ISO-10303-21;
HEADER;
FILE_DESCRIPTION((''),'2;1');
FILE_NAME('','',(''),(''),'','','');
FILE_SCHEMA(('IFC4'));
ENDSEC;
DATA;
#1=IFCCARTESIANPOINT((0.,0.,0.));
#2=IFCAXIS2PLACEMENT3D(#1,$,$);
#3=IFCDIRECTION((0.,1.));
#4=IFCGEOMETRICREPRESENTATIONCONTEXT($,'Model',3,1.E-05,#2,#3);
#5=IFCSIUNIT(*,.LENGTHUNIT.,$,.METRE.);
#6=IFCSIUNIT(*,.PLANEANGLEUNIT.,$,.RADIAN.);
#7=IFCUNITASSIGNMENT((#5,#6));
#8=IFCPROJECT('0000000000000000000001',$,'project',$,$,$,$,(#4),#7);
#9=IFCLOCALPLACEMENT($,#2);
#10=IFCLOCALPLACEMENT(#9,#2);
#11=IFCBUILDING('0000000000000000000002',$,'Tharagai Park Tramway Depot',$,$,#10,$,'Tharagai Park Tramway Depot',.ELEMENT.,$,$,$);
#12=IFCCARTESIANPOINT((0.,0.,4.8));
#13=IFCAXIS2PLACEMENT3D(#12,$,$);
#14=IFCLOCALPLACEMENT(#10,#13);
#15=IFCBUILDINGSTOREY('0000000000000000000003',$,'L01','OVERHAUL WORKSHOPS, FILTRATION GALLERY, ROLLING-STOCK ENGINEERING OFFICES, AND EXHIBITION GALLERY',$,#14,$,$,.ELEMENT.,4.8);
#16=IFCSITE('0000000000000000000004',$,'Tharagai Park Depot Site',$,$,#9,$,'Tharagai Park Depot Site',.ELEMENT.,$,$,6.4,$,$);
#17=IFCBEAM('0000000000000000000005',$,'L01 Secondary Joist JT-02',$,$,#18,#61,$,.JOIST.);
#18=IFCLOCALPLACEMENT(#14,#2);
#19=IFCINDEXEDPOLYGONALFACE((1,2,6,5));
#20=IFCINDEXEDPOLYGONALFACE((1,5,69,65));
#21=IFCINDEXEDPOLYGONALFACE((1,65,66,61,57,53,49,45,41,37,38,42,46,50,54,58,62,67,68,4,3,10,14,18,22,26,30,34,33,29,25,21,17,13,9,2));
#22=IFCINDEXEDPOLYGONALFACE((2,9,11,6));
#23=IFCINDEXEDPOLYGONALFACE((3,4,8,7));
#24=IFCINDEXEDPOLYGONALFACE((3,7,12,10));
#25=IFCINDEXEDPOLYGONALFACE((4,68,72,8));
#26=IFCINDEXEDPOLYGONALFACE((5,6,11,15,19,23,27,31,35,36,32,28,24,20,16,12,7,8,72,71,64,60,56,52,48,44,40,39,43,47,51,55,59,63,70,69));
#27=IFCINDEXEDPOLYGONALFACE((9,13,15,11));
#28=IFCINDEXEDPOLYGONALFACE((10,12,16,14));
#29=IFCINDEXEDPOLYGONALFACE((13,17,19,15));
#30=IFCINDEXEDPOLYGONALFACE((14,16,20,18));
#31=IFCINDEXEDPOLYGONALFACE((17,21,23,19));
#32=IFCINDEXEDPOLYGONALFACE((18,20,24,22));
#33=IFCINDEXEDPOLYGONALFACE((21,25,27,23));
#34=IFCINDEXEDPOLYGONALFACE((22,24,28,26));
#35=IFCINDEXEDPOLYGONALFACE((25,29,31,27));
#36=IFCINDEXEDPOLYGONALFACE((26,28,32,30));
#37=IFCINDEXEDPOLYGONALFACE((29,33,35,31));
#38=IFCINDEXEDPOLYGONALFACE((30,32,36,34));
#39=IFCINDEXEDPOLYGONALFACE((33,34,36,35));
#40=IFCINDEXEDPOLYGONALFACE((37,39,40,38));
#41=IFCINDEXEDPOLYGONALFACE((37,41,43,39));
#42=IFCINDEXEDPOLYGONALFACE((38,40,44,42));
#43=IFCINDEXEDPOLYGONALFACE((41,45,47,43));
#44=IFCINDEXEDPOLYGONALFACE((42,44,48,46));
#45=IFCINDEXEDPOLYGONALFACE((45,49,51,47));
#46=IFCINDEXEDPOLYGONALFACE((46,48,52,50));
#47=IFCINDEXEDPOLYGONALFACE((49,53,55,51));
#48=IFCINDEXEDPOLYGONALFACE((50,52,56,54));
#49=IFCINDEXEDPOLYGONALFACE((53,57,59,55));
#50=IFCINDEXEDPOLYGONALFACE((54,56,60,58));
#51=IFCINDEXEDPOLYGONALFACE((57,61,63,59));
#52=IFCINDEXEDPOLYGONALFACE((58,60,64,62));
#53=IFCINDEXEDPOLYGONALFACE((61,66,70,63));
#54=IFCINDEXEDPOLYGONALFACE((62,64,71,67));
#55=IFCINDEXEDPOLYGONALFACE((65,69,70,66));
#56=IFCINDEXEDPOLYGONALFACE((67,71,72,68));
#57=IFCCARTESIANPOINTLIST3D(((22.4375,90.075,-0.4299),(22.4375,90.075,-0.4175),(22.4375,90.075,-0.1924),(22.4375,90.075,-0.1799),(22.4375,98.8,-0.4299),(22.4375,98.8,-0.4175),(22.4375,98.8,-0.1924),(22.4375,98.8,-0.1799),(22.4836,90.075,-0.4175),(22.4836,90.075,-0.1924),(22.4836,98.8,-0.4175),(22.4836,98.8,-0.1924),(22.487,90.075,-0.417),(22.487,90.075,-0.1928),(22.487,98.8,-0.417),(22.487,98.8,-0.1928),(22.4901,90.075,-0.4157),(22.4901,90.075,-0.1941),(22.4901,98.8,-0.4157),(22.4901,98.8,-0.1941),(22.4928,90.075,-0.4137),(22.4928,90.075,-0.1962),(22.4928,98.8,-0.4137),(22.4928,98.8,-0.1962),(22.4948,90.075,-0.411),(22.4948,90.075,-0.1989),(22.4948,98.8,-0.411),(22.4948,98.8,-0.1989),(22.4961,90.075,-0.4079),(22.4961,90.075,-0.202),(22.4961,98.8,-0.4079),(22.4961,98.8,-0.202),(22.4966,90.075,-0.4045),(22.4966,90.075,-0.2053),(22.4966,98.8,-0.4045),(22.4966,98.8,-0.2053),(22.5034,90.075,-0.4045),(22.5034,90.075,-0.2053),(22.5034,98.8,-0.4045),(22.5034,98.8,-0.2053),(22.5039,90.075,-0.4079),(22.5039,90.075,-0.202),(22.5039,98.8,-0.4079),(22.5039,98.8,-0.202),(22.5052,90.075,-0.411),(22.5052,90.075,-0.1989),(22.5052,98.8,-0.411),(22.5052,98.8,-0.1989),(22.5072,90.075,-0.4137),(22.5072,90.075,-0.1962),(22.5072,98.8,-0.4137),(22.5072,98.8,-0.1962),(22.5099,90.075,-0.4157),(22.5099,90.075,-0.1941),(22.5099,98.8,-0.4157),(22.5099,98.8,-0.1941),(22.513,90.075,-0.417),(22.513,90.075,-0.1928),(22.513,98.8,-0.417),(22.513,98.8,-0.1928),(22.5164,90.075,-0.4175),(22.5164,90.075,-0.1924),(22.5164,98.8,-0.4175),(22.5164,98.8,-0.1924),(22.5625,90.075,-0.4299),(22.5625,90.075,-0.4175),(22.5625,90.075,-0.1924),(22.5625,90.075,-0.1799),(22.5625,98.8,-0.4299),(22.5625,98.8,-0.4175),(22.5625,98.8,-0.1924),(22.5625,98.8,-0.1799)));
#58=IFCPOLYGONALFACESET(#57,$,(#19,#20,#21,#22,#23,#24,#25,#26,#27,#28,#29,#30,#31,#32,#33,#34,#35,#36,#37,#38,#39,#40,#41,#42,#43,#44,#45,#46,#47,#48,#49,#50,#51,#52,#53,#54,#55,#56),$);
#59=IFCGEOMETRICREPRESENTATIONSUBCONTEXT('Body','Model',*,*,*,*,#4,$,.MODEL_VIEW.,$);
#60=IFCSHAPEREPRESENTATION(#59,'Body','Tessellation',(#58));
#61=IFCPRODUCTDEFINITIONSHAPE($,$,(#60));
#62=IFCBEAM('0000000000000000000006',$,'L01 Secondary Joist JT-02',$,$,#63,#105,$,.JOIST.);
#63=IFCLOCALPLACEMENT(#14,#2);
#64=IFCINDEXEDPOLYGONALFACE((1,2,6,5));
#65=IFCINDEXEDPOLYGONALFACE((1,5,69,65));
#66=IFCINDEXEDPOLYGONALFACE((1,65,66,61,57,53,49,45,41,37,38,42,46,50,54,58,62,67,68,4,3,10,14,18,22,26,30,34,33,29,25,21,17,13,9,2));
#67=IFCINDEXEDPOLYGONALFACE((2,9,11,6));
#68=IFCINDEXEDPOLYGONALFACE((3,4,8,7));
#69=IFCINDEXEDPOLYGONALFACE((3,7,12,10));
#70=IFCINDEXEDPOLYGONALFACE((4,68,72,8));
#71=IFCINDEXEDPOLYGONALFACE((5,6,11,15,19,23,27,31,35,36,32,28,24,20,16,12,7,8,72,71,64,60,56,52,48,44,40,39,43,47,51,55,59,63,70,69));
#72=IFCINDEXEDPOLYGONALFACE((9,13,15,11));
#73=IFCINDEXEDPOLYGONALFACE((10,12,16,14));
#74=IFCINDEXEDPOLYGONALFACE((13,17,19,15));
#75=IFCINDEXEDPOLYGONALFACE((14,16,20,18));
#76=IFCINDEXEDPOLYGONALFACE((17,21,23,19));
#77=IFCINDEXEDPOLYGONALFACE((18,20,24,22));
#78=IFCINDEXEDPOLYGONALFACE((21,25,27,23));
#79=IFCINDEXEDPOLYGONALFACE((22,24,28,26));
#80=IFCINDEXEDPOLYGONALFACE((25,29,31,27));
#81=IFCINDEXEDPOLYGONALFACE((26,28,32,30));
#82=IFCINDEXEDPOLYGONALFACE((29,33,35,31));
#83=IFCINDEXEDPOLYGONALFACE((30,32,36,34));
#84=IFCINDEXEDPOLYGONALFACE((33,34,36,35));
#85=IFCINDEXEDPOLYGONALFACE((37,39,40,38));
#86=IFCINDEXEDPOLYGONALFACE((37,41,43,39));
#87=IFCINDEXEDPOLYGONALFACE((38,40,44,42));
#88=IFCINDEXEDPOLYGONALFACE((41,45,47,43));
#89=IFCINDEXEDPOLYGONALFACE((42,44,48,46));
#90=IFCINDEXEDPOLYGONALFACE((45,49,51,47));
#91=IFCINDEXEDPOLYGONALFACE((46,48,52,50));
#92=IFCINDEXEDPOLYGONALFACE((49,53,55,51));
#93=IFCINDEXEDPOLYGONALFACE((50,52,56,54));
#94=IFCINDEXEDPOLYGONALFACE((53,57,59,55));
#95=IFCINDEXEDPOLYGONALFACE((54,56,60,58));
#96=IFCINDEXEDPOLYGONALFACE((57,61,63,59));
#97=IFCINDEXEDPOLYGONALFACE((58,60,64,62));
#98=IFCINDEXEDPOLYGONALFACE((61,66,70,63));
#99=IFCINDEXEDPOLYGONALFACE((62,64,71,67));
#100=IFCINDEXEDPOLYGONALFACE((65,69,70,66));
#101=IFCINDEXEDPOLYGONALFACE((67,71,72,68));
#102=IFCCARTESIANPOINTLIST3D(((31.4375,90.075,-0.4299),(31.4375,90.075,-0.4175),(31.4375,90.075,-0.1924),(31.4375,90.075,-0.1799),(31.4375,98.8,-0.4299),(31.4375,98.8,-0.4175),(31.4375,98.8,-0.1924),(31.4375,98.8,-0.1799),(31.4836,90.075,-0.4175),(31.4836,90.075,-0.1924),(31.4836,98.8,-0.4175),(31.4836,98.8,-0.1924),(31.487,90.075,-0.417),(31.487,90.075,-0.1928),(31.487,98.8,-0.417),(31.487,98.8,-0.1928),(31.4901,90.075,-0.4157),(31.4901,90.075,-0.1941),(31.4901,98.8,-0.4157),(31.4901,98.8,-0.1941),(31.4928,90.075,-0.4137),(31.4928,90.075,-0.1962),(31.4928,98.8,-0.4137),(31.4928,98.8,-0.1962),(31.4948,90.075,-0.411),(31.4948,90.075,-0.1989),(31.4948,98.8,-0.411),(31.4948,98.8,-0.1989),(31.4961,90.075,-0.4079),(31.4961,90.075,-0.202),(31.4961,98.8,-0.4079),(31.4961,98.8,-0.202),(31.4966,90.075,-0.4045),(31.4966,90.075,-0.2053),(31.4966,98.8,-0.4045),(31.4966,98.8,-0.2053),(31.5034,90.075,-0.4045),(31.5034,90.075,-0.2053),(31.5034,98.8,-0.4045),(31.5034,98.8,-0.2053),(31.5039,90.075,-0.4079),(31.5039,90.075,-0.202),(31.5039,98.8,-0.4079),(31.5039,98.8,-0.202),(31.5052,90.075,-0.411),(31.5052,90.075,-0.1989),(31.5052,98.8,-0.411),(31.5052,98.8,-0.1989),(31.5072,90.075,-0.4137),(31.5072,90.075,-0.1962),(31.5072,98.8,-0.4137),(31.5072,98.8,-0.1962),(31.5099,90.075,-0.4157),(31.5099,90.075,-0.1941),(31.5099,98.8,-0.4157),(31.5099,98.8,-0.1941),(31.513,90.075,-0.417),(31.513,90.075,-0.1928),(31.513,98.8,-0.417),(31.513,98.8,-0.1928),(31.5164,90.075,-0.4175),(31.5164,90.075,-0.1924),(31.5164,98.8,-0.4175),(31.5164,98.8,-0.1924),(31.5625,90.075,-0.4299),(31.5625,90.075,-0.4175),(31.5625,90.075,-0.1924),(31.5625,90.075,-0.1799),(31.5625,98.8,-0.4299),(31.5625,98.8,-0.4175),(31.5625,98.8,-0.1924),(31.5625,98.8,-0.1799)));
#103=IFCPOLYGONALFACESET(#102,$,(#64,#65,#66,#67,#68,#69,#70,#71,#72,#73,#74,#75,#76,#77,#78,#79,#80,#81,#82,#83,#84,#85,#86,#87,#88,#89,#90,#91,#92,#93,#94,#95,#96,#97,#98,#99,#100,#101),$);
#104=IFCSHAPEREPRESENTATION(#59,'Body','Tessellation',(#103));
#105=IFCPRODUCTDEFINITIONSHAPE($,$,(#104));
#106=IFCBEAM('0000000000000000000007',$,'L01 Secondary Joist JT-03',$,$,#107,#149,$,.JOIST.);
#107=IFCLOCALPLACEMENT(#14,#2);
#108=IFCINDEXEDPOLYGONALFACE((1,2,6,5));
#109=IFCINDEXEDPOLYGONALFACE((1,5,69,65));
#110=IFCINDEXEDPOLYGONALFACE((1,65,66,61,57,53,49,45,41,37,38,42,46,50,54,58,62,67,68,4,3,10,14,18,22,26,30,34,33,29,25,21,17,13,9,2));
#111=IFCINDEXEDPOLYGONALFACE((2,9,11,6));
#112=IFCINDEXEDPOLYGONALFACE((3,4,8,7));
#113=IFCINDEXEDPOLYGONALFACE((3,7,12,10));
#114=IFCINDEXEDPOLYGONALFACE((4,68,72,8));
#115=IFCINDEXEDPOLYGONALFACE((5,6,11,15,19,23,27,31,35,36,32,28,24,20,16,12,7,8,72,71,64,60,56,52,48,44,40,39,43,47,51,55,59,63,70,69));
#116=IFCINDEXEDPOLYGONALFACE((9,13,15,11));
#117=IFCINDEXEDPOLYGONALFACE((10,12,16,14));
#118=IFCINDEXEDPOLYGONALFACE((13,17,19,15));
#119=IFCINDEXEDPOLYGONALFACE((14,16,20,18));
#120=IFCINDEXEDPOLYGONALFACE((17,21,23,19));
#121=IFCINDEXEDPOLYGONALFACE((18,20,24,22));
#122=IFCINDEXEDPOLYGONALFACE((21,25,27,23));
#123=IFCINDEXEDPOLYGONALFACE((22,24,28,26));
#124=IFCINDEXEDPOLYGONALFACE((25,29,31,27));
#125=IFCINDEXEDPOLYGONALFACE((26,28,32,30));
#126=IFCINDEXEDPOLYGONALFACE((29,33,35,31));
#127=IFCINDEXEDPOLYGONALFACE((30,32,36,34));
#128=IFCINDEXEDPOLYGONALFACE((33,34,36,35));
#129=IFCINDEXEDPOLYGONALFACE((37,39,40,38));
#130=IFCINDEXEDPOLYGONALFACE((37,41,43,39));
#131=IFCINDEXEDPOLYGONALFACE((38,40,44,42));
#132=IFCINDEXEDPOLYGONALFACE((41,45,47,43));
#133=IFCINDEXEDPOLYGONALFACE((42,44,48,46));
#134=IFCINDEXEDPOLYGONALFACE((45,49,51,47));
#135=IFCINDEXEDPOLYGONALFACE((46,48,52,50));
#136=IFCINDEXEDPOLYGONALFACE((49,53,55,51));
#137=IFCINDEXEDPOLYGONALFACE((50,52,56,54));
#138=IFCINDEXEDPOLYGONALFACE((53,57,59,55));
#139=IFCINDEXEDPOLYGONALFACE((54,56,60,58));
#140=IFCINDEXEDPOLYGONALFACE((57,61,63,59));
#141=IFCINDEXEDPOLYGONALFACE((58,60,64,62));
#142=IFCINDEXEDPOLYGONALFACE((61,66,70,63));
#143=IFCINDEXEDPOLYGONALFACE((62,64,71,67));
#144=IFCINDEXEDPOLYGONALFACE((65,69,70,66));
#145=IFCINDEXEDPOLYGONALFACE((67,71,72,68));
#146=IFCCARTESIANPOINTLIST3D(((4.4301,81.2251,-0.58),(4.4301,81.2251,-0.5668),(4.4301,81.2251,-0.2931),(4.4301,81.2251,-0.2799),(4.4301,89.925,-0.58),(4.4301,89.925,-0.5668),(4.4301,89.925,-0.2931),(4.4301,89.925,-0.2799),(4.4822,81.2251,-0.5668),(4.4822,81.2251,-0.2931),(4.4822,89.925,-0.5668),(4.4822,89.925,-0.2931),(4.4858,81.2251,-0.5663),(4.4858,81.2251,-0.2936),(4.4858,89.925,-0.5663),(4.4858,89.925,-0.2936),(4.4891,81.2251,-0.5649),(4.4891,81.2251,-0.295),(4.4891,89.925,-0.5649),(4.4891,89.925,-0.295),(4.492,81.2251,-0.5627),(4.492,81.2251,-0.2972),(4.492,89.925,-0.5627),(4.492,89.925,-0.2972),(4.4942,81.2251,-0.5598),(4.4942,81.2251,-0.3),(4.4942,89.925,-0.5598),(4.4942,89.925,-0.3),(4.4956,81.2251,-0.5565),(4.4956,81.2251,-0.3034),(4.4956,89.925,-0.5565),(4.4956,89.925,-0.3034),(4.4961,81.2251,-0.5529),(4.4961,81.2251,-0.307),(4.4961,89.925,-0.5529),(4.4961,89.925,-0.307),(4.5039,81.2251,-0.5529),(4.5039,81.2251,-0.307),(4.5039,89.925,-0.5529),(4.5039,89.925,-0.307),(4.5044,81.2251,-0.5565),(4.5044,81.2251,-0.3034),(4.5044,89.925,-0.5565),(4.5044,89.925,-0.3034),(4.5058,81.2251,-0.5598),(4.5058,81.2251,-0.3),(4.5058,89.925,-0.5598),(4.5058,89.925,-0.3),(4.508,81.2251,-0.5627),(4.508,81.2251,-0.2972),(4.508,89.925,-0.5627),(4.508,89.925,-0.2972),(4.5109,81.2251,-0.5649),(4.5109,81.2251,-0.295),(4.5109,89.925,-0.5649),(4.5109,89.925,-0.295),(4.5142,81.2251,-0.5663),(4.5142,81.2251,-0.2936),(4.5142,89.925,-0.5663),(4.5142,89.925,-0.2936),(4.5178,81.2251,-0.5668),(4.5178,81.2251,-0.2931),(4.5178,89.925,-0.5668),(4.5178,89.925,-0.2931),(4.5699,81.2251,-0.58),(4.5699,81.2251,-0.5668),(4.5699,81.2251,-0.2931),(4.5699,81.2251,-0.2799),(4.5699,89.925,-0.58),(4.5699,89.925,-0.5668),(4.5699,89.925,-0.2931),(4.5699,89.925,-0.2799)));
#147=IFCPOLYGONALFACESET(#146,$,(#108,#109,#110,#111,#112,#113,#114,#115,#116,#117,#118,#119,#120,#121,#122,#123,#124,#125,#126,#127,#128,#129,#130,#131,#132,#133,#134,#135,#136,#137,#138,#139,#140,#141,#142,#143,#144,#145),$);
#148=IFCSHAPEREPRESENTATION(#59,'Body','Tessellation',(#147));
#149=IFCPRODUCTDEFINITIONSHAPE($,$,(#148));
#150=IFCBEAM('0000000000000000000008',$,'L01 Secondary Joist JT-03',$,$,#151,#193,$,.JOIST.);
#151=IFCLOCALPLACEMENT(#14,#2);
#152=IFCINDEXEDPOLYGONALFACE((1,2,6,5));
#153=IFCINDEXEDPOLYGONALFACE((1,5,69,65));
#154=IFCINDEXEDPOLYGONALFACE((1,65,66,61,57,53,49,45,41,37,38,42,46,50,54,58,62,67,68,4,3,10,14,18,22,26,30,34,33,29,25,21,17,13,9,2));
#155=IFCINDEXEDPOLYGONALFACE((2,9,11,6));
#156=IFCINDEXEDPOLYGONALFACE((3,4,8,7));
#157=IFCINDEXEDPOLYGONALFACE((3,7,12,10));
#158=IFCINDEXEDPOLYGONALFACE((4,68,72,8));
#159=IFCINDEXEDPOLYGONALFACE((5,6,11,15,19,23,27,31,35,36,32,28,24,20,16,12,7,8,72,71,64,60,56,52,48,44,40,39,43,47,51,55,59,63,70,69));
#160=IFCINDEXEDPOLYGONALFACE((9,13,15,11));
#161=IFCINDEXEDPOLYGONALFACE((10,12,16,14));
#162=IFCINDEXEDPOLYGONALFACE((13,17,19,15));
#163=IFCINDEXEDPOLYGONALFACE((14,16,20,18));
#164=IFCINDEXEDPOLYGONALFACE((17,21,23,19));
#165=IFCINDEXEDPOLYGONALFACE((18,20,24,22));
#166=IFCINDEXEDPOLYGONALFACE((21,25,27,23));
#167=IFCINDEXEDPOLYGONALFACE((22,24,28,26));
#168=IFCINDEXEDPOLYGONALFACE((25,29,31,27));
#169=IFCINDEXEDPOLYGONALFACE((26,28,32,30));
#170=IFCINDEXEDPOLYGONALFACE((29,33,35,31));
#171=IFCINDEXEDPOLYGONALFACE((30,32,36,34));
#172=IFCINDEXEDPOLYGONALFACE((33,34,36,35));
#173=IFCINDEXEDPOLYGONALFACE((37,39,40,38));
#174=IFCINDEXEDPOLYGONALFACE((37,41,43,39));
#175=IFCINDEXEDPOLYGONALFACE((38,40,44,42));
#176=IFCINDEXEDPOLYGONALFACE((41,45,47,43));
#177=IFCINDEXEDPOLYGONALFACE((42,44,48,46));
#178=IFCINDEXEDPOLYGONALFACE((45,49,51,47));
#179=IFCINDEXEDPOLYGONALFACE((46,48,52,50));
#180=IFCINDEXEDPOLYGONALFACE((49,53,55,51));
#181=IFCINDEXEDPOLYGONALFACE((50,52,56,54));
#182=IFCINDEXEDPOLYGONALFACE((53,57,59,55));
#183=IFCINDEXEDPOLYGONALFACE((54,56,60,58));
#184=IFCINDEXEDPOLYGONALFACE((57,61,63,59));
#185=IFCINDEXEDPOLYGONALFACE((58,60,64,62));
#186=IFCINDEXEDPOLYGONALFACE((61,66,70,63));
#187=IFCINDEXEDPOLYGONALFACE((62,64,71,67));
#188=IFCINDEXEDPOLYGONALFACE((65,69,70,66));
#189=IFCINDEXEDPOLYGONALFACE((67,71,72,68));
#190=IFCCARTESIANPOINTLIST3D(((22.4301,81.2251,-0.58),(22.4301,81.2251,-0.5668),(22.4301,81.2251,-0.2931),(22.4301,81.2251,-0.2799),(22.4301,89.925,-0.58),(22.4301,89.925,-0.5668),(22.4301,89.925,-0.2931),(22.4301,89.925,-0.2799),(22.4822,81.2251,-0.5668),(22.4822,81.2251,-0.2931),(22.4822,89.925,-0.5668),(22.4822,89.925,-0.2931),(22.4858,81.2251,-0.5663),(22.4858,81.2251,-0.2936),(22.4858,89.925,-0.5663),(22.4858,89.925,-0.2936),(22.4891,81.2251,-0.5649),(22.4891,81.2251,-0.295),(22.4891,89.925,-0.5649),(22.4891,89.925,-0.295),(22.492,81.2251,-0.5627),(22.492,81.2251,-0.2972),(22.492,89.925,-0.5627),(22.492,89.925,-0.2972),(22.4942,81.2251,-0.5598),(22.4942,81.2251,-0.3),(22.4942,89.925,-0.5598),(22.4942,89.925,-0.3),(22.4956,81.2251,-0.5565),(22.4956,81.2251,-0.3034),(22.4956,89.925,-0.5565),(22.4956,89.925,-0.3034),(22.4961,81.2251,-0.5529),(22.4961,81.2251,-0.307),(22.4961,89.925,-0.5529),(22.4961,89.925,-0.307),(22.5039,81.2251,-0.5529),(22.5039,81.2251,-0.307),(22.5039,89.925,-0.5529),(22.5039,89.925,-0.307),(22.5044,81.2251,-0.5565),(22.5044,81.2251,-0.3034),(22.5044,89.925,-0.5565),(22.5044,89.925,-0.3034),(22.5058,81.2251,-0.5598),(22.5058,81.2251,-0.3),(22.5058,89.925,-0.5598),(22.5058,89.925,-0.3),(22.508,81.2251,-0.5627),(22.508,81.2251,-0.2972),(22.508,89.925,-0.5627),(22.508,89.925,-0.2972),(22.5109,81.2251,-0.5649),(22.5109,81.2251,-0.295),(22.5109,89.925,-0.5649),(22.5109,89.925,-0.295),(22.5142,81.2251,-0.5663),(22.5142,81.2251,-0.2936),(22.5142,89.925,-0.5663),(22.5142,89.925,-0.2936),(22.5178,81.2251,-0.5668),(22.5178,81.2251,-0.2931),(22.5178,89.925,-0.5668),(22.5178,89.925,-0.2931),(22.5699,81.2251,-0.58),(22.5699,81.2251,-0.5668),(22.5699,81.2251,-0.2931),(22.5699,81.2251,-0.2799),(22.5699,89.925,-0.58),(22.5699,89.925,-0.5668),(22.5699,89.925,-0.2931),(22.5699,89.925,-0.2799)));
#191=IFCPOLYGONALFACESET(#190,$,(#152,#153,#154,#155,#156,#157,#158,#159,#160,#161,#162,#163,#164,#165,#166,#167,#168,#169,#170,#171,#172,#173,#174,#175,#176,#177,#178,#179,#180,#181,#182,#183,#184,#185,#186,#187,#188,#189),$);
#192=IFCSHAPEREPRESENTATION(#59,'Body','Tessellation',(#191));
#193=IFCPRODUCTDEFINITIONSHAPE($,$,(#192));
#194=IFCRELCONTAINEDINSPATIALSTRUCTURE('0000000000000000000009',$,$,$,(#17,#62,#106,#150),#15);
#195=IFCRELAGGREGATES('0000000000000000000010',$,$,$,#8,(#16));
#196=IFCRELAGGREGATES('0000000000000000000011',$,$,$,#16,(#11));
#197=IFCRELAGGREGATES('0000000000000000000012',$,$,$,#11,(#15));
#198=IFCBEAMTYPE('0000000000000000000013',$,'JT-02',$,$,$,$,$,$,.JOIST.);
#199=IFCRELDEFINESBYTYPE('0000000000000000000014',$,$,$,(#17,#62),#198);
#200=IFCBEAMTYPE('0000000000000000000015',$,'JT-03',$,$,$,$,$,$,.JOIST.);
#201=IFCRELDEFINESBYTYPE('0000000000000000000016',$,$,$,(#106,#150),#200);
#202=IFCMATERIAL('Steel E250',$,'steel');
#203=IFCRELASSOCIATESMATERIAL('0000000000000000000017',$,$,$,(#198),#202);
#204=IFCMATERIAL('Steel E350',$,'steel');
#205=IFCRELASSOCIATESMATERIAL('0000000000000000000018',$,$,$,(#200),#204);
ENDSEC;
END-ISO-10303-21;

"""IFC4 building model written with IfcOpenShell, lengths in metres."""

from ifc_helpers import new_model, si_unit, direction, frame, origin, origin_2d, place, context, subcontext, project, spatial, i_section, extrude, material, material_profile, profile_set, type_object, element, save


model = new_model("IFC4")

# Units and contexts
model_context = context("Model", 3, precision=1e-05, world=origin(), true_north=direction((0.0, 1.0)))
body_context = subcontext(model_context, "Body", "Model", "MODEL_VIEW")
ifc_project = project(units=[si_unit("LENGTHUNIT", "METRE"), si_unit("PLANEANGLEUNIT", "RADIAN")], contexts=[model_context])

# Site, building, storey
site_placement = place(None, origin())
site = spatial("IfcSite", under=ifc_project, at=site_placement, Name="Tharagai Park Depot Site", LongName="Tharagai Park Depot Site", CompositionType="ELEMENT", RefElevation=6.4)
building_placement = place(site_placement, origin())
building = spatial("IfcBuilding", under=site, at=building_placement, Name="Tharagai Park Tramway Depot", LongName="Tharagai Park Tramway Depot", CompositionType="ELEMENT")
storey_placement = place(building_placement, frame((0.0, 0.0, 4.8)))
storey = spatial("IfcBuildingStorey", under=building, at=storey_placement, Name="L01", Description="OVERHAUL WORKSHOPS, FILTRATION GALLERY, ROLLING-STOCK ENGINEERING OFFICES, AND EXHIBITION GALLERY", CompositionType="ELEMENT", Elevation=4.8)

# Shared definitions
ifc_material_1 = material(Name="Steel E350", Category="steel")

# Beams
ifc_material_2 = material(Name="Steel E250", Category="steel")
ifc_material_profile_1 = material_profile(ifc_material_2, i_section(OverallWidth=0.125, OverallDepth=0.25, WebThickness=0.0068, FlangeThickness=0.0125, FilletRadius=0.0129, at=origin_2d()), Name="ISMB 250")
ifc_profile_set_1 = profile_set([ifc_material_profile_1], Name="Steel E250")
beam_type_1 = type_object("IfcBeamType", Name="JT-02", PredefinedType="JOIST", material=ifc_profile_set_1)
for number, where, z_axis, x_axis, name in (
    (1, (22.5, 90.075, -0.3049), (0.0, 1.0, 0.0), (-1.0, 0.0, 0.0), "L01 Secondary Joist JT-02"),
    (2, (31.5, 90.075, -0.3049), (0.0, 1.0, 0.0), (-1.0, 0.0, 0.0), "L01 Secondary Joist JT-02"),
):
    element("IfcBeam", number, at=place(storey_placement, frame(where, z_axis=z_axis, x_axis=x_axis)), inside=storey, type_object=beam_type_1, Name=name, PredefinedType="JOIST", context=body_context, shape_type="SweptSolid", body=[
        extrude(i_section(OverallWidth=0.125, OverallDepth=0.25, WebThickness=0.0068, FlangeThickness=0.0125, FilletRadius=0.0129, at=origin_2d()), origin(), (0.0, 0.0, 1.0), 8.7251),
    ])
ifc_material_profile_2 = material_profile(ifc_material_1, i_section(OverallWidth=0.1399, OverallDepth=0.3, WebThickness=0.0078, FlangeThickness=0.0132, FilletRadius=0.0139, at=origin_2d()), Name="ISMB 300")
ifc_profile_set_2 = profile_set([ifc_material_profile_2], Name="Steel E350")
beam_type_2 = type_object("IfcBeamType", Name="JT-03", PredefinedType="JOIST", material=ifc_profile_set_2)
for number, where, z_axis, x_axis, name in (
    (3, (4.5, 81.2251, -0.4299), (0.0, 1.0, 0.0), (-1.0, 0.0, 0.0), "L01 Secondary Joist JT-03"),
    (4, (22.5, 81.2251, -0.4299), (0.0, 1.0, 0.0), (-1.0, 0.0, 0.0), "L01 Secondary Joist JT-03"),
):
    element("IfcBeam", number, at=place(storey_placement, frame(where, z_axis=z_axis, x_axis=x_axis)), inside=storey, type_object=beam_type_2, Name=name, PredefinedType="JOIST", context=body_context, shape_type="SweptSolid", body=[
        extrude(i_section(OverallWidth=0.1399, OverallDepth=0.3, WebThickness=0.0078, FlangeThickness=0.0132, FilletRadius=0.0139, at=origin_2d()), origin(), (0.0, 0.0, 1.0), 8.7),
    ])

save(model, "model.ifc")
